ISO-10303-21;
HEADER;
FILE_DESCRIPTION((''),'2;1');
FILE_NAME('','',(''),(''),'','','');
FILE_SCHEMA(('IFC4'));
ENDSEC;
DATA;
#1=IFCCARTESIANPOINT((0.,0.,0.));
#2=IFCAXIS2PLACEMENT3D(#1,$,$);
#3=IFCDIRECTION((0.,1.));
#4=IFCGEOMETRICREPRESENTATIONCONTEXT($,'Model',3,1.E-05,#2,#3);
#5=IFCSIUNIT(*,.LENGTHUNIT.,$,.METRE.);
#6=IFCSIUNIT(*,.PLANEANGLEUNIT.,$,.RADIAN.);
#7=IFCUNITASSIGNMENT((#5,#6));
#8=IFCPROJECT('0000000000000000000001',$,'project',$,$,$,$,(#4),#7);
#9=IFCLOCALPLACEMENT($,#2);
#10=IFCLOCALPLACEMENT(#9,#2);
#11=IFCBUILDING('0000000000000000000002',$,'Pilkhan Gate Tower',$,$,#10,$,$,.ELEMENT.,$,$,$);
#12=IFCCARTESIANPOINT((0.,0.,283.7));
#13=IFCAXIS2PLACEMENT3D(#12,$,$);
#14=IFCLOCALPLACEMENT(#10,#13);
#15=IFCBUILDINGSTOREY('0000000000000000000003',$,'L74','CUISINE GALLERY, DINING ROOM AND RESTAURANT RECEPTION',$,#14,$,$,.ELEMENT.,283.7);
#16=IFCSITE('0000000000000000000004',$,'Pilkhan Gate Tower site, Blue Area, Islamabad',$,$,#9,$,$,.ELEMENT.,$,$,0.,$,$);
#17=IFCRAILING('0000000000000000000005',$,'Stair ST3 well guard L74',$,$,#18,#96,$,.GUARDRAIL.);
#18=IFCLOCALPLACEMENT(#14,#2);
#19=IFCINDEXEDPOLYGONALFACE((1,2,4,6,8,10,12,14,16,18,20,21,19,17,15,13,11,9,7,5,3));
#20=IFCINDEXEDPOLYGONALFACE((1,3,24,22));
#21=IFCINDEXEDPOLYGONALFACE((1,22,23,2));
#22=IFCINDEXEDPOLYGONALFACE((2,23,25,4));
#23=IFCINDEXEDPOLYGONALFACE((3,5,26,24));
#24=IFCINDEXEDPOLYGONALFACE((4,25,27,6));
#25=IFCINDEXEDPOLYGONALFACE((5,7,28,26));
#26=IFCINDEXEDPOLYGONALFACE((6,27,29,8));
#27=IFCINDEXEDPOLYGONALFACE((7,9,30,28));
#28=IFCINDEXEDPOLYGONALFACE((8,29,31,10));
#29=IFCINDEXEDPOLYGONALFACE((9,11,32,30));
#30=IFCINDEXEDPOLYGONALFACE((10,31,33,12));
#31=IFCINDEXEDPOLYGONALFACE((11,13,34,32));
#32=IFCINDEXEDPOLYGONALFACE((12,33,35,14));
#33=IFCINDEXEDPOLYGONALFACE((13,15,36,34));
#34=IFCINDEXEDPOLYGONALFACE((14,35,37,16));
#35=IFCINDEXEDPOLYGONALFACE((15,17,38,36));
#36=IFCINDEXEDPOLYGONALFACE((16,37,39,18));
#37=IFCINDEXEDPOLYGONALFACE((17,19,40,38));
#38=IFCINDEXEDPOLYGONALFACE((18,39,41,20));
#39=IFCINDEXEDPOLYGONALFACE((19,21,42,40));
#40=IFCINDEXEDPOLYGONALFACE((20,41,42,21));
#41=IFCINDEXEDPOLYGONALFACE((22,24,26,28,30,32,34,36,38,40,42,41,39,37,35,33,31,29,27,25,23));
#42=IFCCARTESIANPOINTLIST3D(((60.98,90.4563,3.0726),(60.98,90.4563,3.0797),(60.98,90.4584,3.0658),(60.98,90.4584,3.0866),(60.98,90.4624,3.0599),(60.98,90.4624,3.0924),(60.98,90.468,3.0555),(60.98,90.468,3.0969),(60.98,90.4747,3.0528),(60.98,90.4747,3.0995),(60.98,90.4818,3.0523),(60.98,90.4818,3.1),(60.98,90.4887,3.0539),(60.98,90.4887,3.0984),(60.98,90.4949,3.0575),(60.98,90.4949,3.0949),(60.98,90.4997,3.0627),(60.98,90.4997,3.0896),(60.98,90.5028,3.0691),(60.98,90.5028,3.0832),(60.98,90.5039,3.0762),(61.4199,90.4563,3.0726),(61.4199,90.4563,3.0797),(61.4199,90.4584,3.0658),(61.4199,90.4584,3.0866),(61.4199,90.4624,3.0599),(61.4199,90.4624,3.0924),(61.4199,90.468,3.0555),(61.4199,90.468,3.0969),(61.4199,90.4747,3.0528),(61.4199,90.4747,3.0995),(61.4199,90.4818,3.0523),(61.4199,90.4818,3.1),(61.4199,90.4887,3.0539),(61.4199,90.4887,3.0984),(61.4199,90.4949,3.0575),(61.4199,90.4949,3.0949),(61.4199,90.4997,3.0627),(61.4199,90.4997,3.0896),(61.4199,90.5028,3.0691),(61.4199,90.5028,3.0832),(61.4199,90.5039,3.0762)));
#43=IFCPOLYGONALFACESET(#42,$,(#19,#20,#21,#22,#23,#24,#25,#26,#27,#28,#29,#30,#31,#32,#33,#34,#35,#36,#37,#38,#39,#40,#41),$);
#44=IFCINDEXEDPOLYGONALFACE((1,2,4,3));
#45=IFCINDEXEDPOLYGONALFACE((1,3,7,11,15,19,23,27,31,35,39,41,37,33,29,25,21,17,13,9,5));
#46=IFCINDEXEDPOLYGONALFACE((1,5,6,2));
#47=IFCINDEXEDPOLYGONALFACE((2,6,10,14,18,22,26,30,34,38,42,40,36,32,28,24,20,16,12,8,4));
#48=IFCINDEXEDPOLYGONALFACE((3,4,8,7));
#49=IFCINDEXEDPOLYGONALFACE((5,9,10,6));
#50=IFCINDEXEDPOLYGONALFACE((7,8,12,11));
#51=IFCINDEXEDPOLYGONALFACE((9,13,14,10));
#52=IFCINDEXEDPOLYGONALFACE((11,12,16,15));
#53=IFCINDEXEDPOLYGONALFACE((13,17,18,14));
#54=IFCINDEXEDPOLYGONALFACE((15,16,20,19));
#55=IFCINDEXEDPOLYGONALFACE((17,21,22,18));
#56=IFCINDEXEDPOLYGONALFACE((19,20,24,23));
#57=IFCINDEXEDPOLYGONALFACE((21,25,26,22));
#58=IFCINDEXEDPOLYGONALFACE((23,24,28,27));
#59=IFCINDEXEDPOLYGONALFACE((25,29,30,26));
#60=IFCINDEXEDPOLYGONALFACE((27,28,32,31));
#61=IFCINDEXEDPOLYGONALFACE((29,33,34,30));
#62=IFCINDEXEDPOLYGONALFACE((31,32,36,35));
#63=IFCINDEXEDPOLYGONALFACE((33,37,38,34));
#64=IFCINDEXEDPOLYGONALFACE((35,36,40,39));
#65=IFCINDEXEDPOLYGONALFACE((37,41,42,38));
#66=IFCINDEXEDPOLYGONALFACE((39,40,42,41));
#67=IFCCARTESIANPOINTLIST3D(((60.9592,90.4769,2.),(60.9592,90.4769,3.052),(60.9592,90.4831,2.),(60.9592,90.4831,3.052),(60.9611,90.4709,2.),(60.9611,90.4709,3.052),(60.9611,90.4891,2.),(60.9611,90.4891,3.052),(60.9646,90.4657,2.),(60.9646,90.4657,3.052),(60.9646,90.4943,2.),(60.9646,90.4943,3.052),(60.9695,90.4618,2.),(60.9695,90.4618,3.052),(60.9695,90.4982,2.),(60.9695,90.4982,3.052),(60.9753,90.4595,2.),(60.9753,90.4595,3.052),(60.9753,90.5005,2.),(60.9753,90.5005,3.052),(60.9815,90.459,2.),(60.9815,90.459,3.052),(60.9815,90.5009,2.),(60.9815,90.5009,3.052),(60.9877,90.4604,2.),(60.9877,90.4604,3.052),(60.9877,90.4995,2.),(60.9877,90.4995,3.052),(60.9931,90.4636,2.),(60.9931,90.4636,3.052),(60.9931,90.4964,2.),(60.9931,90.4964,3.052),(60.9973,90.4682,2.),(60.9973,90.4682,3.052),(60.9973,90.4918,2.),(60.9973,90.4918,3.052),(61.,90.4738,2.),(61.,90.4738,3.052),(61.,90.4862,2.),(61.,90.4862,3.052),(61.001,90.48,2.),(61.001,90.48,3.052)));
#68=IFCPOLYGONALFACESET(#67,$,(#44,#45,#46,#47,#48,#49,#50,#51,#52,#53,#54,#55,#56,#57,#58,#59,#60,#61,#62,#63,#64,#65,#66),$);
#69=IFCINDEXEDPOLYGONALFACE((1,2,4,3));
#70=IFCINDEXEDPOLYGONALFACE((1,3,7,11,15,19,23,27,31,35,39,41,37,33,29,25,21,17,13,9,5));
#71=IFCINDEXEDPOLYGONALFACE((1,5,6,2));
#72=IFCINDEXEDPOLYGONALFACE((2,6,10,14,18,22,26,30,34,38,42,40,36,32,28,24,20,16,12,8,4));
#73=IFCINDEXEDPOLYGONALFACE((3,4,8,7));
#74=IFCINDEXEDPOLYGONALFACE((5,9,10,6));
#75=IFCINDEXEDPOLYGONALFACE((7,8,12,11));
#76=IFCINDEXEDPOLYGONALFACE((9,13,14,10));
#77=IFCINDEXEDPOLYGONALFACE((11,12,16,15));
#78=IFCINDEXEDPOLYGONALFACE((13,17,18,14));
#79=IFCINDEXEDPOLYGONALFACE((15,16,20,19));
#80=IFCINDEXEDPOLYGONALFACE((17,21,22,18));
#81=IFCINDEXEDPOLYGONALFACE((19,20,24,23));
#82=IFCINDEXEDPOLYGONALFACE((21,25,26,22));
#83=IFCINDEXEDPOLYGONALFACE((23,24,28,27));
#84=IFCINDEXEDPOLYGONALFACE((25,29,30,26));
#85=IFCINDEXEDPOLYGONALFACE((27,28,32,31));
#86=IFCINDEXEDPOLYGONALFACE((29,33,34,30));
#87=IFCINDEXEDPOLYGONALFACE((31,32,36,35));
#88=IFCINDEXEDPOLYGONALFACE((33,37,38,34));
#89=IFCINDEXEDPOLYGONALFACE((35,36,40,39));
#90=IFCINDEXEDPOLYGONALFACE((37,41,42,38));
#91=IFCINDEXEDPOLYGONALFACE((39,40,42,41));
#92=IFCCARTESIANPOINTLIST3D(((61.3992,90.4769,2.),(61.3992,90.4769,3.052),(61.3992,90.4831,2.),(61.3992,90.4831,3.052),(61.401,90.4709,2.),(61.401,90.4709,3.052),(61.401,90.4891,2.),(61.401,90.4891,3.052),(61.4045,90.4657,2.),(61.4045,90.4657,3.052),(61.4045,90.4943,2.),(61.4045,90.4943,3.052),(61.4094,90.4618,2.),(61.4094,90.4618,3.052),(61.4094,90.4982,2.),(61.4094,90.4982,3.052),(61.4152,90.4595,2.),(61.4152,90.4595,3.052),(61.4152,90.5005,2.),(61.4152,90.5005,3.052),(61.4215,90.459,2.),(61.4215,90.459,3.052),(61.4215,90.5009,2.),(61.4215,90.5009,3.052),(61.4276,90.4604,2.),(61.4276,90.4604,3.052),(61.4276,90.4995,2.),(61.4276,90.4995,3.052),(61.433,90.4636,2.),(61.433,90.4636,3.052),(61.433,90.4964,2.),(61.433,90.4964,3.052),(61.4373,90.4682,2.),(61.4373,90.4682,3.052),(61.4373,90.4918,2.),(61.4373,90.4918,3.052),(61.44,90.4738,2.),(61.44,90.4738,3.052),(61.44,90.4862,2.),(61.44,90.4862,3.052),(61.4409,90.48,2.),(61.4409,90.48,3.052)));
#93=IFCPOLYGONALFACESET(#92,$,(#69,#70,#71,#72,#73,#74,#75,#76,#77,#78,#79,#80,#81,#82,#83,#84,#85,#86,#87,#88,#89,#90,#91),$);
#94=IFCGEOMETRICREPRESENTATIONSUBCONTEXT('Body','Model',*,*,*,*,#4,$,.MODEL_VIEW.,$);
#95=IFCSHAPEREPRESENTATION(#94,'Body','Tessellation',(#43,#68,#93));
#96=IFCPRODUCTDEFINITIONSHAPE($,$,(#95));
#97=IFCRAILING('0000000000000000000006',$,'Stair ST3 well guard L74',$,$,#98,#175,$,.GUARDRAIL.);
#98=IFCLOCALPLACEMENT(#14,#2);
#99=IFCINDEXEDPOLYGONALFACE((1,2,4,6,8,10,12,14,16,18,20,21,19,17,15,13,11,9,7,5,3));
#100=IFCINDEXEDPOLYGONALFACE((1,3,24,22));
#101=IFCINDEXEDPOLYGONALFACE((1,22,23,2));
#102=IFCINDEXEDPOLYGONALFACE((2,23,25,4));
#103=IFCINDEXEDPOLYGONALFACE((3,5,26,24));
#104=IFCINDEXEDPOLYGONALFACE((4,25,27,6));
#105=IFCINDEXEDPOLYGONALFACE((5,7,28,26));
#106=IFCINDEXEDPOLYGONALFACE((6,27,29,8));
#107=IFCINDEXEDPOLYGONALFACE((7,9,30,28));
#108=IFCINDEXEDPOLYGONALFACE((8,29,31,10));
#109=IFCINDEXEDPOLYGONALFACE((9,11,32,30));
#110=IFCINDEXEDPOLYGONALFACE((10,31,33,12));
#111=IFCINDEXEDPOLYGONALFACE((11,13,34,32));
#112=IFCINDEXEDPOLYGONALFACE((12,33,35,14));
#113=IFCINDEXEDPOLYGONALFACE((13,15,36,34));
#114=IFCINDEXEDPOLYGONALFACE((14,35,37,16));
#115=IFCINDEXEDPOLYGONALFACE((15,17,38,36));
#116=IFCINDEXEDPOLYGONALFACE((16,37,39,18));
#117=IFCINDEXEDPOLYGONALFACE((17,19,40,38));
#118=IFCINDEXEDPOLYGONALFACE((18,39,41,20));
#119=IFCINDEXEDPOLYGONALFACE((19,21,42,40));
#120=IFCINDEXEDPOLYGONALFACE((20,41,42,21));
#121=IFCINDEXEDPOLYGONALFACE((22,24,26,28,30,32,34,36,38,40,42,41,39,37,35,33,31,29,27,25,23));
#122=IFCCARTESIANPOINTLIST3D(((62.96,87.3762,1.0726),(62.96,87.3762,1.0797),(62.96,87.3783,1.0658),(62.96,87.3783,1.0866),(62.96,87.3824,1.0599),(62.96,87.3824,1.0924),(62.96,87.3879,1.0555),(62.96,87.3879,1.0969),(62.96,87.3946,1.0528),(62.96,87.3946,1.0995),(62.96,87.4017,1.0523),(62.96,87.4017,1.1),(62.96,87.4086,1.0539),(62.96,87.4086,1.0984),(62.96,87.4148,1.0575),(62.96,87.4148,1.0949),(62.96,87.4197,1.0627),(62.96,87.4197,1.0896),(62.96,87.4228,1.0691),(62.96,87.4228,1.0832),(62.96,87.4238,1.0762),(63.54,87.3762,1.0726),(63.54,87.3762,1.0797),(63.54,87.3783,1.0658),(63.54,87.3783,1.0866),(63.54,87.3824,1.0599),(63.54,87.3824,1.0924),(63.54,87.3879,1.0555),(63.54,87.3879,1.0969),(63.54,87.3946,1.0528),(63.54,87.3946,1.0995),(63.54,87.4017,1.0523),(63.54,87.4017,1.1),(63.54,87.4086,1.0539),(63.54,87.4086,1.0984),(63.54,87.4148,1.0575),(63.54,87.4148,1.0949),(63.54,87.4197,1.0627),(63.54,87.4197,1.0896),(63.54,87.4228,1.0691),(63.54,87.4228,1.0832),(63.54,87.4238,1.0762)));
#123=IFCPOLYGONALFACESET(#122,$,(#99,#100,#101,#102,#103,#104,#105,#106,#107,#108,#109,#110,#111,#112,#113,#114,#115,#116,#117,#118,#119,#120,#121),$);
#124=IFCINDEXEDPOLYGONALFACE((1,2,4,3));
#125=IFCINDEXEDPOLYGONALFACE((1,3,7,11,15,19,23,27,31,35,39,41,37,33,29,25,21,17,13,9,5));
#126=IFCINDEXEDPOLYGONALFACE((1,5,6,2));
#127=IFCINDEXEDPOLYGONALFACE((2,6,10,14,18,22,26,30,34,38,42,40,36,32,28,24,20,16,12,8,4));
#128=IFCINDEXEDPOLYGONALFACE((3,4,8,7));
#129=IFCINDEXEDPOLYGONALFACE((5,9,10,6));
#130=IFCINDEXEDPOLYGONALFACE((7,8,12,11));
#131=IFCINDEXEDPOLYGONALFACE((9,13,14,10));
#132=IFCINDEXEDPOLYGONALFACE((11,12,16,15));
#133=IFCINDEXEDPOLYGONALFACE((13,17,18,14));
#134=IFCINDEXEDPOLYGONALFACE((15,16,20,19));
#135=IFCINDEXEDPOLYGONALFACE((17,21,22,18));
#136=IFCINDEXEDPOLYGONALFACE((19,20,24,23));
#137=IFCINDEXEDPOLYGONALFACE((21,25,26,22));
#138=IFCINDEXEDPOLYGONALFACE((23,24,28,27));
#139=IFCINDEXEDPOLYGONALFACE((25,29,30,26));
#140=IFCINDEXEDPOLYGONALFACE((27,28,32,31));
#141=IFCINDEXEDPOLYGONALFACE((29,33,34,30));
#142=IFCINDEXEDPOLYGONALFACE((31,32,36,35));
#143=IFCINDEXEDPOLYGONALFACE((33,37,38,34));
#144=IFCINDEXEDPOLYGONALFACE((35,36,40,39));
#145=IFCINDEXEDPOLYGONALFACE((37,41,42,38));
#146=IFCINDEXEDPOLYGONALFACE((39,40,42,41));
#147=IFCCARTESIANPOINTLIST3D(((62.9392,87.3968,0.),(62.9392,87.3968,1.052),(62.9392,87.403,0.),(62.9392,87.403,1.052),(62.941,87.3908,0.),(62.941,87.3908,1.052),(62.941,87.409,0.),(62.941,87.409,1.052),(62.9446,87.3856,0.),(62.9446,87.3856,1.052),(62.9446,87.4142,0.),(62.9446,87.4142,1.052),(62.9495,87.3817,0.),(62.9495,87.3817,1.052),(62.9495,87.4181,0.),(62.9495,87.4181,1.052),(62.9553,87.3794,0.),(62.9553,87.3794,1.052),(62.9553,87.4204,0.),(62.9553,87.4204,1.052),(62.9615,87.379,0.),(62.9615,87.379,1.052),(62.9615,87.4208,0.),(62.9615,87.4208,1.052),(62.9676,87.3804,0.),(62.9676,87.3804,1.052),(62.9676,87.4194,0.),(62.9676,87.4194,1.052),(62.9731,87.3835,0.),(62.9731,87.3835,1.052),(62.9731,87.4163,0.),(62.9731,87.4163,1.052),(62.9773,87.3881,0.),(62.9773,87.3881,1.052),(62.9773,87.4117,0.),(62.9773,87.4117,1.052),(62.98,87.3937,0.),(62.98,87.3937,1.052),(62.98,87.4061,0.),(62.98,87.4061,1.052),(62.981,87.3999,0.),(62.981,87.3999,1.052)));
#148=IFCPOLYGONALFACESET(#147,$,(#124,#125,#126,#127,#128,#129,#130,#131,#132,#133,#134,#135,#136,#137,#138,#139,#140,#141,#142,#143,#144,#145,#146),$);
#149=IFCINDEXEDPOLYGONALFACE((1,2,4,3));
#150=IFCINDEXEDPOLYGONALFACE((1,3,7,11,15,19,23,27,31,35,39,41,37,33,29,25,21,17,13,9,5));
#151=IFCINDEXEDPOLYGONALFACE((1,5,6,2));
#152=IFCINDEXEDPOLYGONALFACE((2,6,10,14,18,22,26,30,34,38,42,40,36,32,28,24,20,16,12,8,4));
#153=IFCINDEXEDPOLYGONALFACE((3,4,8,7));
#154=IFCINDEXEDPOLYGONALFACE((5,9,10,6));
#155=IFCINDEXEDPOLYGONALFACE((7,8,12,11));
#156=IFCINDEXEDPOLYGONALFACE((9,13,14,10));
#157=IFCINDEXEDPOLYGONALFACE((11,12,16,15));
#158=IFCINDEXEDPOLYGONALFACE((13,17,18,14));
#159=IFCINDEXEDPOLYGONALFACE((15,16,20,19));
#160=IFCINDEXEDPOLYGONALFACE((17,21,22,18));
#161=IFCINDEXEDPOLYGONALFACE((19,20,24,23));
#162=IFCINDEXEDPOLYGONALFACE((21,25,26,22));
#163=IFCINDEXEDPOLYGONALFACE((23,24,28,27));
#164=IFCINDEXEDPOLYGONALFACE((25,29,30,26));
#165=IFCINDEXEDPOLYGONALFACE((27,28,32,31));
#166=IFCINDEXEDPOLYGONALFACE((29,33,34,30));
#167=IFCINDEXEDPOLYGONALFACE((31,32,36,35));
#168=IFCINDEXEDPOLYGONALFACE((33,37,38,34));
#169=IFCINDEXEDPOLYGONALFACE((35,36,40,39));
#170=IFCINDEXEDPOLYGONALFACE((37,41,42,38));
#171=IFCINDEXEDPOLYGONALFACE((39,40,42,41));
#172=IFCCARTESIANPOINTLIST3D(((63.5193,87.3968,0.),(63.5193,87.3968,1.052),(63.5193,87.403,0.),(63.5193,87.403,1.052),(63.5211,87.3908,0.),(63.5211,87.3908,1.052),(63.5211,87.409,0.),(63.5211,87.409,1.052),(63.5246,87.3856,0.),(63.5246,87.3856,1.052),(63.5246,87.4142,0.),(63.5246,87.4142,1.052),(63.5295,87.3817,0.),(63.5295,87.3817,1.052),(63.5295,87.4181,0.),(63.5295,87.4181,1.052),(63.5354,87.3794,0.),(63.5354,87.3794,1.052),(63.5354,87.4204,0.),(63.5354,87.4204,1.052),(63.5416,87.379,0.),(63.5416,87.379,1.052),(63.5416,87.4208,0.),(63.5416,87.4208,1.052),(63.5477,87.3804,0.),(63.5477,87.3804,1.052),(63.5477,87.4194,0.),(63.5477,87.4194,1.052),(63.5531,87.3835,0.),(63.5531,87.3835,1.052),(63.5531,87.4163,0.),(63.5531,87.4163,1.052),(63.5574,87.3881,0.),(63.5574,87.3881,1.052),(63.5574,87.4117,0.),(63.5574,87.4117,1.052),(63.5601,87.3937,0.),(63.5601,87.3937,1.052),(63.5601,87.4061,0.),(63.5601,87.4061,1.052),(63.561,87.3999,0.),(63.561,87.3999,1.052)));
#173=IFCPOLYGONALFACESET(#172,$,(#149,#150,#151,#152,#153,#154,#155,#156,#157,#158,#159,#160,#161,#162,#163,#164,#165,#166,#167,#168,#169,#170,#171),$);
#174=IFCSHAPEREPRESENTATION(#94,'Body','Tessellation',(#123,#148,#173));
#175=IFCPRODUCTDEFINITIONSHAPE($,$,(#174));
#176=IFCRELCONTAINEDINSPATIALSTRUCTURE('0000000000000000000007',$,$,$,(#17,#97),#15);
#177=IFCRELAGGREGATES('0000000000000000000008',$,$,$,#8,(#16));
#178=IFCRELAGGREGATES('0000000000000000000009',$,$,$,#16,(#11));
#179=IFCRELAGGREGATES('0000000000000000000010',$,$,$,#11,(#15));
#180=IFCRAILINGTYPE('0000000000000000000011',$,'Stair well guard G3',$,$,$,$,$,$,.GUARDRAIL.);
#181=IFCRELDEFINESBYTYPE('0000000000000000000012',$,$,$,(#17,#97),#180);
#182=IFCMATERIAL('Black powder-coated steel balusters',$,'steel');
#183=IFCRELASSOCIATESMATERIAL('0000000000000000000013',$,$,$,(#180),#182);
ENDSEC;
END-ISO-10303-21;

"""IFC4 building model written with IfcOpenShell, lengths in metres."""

from ifc_helpers import new_model, si_unit, direction, frame, origin, origin_2d, place, context, subcontext, project, spatial, circle, extrude, material, type_object, element, save


model = new_model("IFC4")

# Units and contexts
model_context = context("Model", 3, precision=1e-05, world=origin(), true_north=direction((0.0, 1.0)))
body_context = subcontext(model_context, "Body", "Model", "MODEL_VIEW")
ifc_project = project(units=[si_unit("LENGTHUNIT", "METRE"), si_unit("PLANEANGLEUNIT", "RADIAN")], contexts=[model_context])

# Site, building, storey
site_placement = place(None, origin())
site = spatial("IfcSite", under=ifc_project, at=site_placement, Name="Pilkhan Gate Tower site, Blue Area, Islamabad", CompositionType="ELEMENT", RefElevation=0.0)
building_placement = place(site_placement, origin())
building = spatial("IfcBuilding", under=site, at=building_placement, Name="Pilkhan Gate Tower", CompositionType="ELEMENT")
storey_placement = place(building_placement, frame((0.0, 0.0, 283.7)))
storey = spatial("IfcBuildingStorey", under=building, at=storey_placement, Name="L74", Description="CUISINE GALLERY, DINING ROOM AND RESTAURANT RECEPTION", CompositionType="ELEMENT", Elevation=283.7)

# Railings
ifc_material_1 = material(Name="Black powder-coated steel balusters", Category="steel")
railing_type_1 = type_object("IfcRailingType", Name="Stair well guard G3", PredefinedType="GUARDRAIL", material=ifc_material_1)
railing_1_placement = place(storey_placement, frame((60.98, 90.48, 2.0)))
element("IfcRailing", 1, at=railing_1_placement, inside=storey, type_object=railing_type_1, Name="Stair ST3 well guard L74", PredefinedType="GUARDRAIL", context=body_context, shape_type="SweptSolid", body=[
    extrude(circle(Radius=0.0239, at=origin_2d()), frame((0.0, 0.0, 1.0762), z_axis=(1.0, 0.0, 0.0), x_axis=(0.0, 1.0, 0.0)), (0.0, 0.0, 1.0), 0.4399),
    extrude(circle(Radius=0.021, at=origin_2d()), origin(), (0.0, 0.0, 1.0), 1.052),
    extrude(circle(Radius=0.021, at=origin_2d()), frame((0.4399, 0.0, 0.0)), (0.0, 0.0, 1.0), 1.052),
])
for number, where, name in (
    (2, (62.96, 87.3999, 0.0), "Stair ST3 well guard L74"),
):
    element("IfcRailing", number, at=place(storey_placement, frame(where)), inside=storey, type_object=railing_type_1, Name=name, PredefinedType="GUARDRAIL", context=body_context, shape_type="SweptSolid", body=[
        extrude(circle(Radius=0.0239, at=origin_2d()), frame((0.0, 0.0, 1.0762), z_axis=(1.0, 0.0, 0.0), x_axis=(0.0, 1.0, 0.0)), (0.0, 0.0, 1.0), 0.5801),
        extrude(circle(Radius=0.021, at=origin_2d()), origin(), (0.0, 0.0, 1.0), 1.052),
        extrude(circle(Radius=0.021, at=origin_2d()), frame((0.5801, 0.0, 0.0)), (0.0, 0.0, 1.0), 1.052),
    ])

save(model, "model.ifc")
